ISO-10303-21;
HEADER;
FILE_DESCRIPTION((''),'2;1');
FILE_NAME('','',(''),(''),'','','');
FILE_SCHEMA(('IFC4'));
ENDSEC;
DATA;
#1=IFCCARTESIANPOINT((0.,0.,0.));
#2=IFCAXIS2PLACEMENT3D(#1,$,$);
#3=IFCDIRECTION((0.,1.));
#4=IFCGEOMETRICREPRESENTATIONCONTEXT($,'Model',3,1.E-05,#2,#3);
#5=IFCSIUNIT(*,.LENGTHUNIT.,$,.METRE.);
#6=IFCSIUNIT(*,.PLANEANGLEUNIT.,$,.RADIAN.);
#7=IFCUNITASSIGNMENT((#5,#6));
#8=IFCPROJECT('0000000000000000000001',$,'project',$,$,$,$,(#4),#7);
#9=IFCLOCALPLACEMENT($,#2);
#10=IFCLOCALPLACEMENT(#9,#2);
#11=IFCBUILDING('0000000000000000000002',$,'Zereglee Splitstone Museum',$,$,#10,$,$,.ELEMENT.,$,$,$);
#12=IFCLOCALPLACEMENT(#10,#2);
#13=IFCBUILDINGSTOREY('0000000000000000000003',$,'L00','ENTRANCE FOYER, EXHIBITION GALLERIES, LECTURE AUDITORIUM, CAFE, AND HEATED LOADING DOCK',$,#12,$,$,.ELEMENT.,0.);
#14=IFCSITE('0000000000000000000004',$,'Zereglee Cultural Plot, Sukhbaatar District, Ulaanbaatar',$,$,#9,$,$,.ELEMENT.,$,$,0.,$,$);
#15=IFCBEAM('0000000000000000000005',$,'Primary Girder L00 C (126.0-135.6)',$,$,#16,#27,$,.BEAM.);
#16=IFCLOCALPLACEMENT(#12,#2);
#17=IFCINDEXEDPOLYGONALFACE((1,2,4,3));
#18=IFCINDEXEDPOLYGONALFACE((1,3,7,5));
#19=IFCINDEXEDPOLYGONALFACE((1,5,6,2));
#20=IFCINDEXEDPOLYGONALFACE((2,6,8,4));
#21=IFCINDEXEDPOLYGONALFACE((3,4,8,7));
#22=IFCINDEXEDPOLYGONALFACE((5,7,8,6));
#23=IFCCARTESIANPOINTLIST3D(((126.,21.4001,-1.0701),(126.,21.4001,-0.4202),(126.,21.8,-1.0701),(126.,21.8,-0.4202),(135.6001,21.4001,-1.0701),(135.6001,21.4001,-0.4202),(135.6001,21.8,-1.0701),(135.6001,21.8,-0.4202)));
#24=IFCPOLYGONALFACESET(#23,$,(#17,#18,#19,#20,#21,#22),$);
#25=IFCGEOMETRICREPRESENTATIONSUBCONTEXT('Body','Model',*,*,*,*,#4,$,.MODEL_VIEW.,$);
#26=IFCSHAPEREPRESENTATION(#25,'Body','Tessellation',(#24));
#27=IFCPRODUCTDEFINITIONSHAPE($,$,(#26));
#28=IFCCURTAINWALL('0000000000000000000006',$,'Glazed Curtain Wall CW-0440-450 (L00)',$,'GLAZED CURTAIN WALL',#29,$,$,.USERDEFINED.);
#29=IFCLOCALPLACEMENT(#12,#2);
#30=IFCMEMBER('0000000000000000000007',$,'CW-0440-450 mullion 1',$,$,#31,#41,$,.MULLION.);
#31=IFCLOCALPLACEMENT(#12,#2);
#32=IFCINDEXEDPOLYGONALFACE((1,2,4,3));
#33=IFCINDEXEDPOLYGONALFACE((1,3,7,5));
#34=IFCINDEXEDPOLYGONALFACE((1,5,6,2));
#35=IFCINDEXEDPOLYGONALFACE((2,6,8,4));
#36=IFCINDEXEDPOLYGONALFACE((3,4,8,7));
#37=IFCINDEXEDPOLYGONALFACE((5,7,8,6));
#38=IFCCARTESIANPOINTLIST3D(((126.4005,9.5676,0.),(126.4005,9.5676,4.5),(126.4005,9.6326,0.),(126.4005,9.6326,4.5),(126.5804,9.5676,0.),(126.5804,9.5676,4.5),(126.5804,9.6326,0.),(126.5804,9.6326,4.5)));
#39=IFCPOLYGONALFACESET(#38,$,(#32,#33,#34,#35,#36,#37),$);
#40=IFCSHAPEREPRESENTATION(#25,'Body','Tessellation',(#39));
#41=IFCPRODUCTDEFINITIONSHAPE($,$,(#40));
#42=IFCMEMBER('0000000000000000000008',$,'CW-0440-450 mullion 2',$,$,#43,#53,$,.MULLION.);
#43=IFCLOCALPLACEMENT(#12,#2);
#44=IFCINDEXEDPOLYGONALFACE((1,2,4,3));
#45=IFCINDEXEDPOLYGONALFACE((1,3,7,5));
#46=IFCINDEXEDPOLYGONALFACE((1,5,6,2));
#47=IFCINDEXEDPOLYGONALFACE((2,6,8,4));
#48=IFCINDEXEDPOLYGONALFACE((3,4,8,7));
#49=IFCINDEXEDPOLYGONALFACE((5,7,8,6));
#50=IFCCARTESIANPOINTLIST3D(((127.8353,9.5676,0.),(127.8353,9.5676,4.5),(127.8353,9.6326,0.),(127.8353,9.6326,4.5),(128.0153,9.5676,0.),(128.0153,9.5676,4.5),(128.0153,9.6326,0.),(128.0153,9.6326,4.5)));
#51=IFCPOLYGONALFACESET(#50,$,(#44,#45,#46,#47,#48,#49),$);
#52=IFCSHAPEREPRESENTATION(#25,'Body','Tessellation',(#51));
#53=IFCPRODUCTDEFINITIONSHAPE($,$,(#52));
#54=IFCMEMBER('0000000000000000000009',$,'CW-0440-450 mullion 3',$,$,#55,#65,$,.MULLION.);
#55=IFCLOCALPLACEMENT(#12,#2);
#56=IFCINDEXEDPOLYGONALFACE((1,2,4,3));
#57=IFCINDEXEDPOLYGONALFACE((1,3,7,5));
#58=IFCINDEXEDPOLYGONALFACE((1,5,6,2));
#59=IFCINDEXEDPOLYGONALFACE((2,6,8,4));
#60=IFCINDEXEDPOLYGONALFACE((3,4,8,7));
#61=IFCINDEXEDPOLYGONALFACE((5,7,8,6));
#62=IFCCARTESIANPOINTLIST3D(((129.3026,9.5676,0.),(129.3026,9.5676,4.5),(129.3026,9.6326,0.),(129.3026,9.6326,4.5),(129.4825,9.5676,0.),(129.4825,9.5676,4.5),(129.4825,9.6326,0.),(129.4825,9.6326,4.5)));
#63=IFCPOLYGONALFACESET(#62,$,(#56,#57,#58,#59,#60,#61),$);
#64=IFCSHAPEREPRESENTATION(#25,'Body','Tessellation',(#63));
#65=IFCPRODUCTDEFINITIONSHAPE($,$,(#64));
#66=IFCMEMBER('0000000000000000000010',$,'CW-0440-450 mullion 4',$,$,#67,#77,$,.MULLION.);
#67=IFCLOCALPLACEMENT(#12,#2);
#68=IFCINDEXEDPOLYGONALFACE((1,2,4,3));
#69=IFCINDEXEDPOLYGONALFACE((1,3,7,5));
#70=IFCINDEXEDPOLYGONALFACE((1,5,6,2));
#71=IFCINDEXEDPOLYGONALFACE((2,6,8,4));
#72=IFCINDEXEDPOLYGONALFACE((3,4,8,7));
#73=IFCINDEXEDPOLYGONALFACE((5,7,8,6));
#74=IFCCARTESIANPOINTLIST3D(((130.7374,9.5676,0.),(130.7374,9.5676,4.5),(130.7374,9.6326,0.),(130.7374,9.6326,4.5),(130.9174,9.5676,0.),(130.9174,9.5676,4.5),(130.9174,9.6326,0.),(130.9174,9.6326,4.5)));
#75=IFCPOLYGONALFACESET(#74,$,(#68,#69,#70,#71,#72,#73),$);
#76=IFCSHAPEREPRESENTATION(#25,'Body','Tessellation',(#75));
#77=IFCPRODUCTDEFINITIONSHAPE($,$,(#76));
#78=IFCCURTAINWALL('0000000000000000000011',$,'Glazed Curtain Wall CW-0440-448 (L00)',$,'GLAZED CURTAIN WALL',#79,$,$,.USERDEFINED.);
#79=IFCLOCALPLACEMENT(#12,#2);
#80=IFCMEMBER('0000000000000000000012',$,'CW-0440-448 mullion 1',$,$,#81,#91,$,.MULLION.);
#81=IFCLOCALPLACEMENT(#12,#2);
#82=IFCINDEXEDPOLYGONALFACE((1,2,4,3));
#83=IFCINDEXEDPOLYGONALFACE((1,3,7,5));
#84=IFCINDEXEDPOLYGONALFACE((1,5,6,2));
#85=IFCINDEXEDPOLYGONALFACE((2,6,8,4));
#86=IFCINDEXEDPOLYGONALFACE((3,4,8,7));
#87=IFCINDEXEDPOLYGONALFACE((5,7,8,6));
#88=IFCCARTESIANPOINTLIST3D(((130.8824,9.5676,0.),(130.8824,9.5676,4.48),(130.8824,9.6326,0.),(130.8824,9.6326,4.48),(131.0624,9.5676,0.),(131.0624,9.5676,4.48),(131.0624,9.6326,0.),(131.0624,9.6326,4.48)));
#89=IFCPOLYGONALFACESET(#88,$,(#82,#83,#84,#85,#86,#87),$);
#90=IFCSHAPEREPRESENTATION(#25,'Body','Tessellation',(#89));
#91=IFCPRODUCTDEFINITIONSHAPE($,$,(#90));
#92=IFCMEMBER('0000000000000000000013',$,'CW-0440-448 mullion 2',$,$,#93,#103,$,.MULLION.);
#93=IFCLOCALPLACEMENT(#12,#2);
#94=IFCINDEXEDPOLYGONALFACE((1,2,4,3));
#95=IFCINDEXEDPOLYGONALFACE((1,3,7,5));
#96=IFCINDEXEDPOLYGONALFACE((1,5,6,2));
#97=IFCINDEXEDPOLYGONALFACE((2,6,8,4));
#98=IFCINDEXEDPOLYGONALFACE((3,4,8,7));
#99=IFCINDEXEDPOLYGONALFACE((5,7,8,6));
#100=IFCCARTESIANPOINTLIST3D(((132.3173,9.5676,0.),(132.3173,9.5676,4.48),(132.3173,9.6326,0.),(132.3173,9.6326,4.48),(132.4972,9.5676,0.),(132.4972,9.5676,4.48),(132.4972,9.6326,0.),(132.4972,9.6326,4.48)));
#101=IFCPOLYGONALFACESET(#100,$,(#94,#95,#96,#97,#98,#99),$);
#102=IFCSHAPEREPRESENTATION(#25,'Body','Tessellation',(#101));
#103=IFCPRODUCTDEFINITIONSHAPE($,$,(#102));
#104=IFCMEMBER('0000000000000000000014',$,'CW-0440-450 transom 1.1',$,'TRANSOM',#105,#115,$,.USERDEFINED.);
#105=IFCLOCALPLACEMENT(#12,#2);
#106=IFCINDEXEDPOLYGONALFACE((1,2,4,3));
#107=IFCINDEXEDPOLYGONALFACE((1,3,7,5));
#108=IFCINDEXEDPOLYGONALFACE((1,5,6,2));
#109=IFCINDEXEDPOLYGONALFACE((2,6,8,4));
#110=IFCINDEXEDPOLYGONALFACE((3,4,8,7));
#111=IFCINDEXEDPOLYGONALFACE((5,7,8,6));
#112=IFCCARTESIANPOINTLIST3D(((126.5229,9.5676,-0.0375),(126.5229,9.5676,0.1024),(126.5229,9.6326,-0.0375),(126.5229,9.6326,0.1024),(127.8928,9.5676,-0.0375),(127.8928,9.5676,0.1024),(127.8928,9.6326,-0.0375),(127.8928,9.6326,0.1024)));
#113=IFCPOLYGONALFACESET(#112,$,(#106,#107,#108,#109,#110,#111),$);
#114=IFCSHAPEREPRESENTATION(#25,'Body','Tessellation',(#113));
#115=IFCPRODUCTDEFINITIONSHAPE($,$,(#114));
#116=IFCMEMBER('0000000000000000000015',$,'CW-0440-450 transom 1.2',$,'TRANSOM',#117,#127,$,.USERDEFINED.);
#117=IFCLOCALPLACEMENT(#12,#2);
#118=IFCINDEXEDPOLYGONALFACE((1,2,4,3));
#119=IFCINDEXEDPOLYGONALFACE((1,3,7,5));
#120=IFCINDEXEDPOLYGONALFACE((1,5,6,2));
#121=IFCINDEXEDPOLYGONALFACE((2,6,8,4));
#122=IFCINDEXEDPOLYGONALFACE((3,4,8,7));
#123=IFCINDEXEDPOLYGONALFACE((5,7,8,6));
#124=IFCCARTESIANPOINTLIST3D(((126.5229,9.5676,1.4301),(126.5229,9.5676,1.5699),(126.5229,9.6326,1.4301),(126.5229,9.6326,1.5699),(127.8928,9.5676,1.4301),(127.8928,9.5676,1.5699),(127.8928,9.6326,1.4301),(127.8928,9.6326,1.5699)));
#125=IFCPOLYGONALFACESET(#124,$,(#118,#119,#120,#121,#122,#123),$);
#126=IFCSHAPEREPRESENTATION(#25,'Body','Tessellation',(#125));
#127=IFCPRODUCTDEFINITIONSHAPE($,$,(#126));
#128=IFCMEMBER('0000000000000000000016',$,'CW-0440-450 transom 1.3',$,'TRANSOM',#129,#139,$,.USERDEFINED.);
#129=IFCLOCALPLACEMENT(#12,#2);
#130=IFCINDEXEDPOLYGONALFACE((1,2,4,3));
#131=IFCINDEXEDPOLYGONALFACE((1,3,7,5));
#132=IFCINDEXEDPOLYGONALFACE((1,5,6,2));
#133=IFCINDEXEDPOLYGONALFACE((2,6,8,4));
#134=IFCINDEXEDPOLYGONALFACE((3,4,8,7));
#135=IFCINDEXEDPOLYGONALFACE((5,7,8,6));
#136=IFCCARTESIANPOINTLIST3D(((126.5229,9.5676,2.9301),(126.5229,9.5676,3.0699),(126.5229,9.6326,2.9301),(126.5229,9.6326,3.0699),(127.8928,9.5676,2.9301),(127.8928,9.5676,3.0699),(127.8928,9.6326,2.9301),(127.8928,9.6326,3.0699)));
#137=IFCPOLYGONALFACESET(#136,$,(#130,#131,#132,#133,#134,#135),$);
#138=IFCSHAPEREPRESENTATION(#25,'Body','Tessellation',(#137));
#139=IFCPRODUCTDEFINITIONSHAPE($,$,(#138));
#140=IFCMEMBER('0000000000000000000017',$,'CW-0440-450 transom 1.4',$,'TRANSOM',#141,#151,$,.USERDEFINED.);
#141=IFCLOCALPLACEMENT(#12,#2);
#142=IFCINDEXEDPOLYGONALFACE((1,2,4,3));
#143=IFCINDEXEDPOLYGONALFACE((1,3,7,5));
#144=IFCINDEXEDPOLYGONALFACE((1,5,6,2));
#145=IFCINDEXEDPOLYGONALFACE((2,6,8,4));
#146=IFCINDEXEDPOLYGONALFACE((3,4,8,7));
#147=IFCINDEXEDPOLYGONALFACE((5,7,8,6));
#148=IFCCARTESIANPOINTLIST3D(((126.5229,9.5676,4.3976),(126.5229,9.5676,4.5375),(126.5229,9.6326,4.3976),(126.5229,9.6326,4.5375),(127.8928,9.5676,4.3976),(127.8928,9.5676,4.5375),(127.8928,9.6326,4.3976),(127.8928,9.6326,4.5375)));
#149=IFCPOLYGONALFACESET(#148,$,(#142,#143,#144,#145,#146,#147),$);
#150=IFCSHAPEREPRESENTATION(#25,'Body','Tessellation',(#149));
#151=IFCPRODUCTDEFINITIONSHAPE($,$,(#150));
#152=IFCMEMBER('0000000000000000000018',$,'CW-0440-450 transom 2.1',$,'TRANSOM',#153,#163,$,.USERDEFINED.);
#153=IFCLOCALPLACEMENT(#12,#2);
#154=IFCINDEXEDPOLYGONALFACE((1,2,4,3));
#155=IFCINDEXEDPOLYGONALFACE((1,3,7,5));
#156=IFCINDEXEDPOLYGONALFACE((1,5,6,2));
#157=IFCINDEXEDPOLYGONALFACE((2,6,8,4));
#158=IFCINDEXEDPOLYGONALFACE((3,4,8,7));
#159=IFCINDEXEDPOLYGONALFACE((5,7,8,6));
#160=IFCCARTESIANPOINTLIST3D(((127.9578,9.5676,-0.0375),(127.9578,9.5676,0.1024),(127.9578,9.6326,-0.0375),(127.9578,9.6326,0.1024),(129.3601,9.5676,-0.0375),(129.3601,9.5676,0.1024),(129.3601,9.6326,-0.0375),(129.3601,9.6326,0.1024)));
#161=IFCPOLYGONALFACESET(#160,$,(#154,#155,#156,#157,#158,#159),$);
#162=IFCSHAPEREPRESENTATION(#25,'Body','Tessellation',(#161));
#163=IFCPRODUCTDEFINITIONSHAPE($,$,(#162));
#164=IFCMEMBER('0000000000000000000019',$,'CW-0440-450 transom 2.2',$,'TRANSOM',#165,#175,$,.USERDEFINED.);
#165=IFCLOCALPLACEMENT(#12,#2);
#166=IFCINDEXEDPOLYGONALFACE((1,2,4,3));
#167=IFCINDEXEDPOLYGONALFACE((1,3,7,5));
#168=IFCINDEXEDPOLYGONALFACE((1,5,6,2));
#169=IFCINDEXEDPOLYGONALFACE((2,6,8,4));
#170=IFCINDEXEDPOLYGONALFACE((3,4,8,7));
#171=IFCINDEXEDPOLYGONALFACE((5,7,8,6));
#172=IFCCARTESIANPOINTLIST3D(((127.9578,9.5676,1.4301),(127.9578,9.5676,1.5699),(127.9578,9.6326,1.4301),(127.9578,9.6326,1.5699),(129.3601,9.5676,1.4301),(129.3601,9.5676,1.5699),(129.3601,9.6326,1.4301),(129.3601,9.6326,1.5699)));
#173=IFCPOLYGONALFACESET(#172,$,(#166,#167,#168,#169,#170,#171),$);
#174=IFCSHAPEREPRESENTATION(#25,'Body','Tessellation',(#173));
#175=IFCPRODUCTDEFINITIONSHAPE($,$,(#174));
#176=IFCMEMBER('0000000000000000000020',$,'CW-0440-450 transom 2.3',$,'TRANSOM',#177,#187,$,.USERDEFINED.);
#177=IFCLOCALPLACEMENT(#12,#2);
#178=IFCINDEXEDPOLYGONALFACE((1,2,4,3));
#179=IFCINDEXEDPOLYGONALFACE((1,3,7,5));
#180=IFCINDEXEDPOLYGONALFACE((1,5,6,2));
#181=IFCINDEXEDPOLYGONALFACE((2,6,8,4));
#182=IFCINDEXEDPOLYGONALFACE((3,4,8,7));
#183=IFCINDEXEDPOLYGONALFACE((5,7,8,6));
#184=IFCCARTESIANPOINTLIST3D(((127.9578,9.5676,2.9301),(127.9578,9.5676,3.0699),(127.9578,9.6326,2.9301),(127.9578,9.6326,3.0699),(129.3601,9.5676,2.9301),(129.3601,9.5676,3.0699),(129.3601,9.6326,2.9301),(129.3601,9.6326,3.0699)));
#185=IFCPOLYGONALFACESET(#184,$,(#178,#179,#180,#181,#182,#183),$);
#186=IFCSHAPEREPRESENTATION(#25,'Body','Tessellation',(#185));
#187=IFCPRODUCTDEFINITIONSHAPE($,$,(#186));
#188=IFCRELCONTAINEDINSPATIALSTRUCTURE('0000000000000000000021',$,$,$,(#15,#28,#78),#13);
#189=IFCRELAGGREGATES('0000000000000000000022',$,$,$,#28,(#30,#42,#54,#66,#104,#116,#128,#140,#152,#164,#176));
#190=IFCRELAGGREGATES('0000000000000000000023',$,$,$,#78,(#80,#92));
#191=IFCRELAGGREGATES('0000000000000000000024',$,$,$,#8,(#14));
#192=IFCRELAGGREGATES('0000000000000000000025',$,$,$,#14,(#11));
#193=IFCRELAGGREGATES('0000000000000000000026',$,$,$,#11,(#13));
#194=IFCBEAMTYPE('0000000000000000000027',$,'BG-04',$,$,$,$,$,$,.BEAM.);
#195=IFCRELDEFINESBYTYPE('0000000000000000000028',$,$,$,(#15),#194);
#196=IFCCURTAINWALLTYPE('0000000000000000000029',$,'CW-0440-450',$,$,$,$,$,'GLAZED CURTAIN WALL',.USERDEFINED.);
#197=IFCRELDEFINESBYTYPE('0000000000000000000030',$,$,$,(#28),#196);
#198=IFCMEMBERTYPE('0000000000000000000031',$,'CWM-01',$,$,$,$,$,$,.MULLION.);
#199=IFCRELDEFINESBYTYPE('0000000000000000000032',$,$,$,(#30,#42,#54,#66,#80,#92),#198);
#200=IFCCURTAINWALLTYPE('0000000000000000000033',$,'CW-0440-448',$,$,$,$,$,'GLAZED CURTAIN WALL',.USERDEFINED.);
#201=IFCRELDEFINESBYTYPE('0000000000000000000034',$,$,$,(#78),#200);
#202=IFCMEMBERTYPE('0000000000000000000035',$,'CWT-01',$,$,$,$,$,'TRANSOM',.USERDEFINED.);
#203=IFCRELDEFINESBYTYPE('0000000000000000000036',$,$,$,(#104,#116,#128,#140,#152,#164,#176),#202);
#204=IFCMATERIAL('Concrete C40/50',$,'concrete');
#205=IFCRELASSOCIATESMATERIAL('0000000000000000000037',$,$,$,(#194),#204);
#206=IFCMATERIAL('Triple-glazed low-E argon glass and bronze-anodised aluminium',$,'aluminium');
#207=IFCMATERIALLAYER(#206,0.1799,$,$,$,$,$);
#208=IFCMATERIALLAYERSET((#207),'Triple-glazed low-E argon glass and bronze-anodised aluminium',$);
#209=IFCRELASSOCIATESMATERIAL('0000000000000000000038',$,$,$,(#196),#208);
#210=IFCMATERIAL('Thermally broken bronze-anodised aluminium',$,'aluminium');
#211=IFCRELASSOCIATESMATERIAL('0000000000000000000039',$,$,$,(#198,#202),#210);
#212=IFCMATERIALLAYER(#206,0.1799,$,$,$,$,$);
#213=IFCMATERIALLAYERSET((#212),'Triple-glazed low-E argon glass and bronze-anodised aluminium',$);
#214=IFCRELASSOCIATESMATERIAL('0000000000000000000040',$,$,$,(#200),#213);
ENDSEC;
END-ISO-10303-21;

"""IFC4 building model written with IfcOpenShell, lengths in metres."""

from ifc_helpers import new_model, si_unit, direction, frame, origin, origin_2d, place, context, subcontext, project, spatial, rectangle, extrude, material, layer, layer_set, material_profile, profile_set, type_object, element, aggregate, save


model = new_model("IFC4")

# Units and contexts
model_context = context("Model", 3, precision=1e-05, world=origin(), true_north=direction((0.0, 1.0)))
body_context = subcontext(model_context, "Body", "Model", "MODEL_VIEW")
ifc_project = project(units=[si_unit("LENGTHUNIT", "METRE"), si_unit("PLANEANGLEUNIT", "RADIAN")], contexts=[model_context])

# Site, building, storey
site_placement = place(None, origin())
site = spatial("IfcSite", under=ifc_project, at=site_placement, Name="Zereglee Cultural Plot, Sukhbaatar District, Ulaanbaatar", CompositionType="ELEMENT", RefElevation=0.0)
building_placement = place(site_placement, origin())
building = spatial("IfcBuilding", under=site, at=building_placement, Name="Zereglee Splitstone Museum", CompositionType="ELEMENT")
storey_placement = place(building_placement, origin())
storey = spatial("IfcBuildingStorey", under=building, at=storey_placement, Name="L00", Description="ENTRANCE FOYER, EXHIBITION GALLERIES, LECTURE AUDITORIUM, CAFE, AND HEATED LOADING DOCK", CompositionType="ELEMENT", Elevation=0.0)

# Beam
ifc_material_1 = material(Name="Concrete C40/50", Category="concrete")
ifc_material_profile_1 = material_profile(ifc_material_1, rectangle(XDim=0.3999, YDim=0.6499, at=origin_2d()), Name="RC 400x650")
ifc_profile_set_1 = profile_set([ifc_material_profile_1], Name="Concrete C40/50")
beam_type_1 = type_object("IfcBeamType", Name="BG-04", PredefinedType="BEAM", material=ifc_profile_set_1)
beam_1_placement = place(storey_placement, frame((126.0, 21.6001, -0.7451), z_axis=(1.0, 0.0, 0.0), x_axis=(0.0, 1.0, 0.0)))
element("IfcBeam", 1, at=beam_1_placement, inside=storey, type_object=beam_type_1, Name="Primary Girder L00 C (126.0-135.6)", PredefinedType="BEAM", context=body_context, shape_type="SweptSolid", body=[
    extrude(rectangle(XDim=0.3999, YDim=0.6499, at=origin_2d()), origin(), (0.0, 0.0, 1.0), 9.6001),
])

# Curtain walls, members
ifc_material_2 = material(Name="Triple-glazed low-E argon glass and bronze-anodised aluminium", Category="aluminium")
ifc_layer_1 = layer(ifc_material_2, 0.1799)
ifc_layer_set_1 = layer_set([ifc_layer_1], Name="Triple-glazed low-E argon glass and bronze-anodised aluminium")
curtain_wall_type_1 = type_object("IfcCurtainWallType", Name="CW-0440-450", ElementType="GLAZED CURTAIN WALL", PredefinedType="USERDEFINED", material=ifc_layer_set_1)
curtain_wall_1_placement = place(storey_placement, origin())
curtain_wall_1 = element("IfcCurtainWall", 2, at=curtain_wall_1_placement, inside=storey, type_object=curtain_wall_type_1, Name="Glazed Curtain Wall CW-0440-450 (L00)", ObjectType="GLAZED CURTAIN WALL", PredefinedType="USERDEFINED")
ifc_material_3 = material(Name="Thermally broken bronze-anodised aluminium", Category="aluminium")
ifc_material_profile_2 = material_profile(ifc_material_3, rectangle(XDim=0.0649, YDim=0.1799, at=origin_2d()), Name="CW MULL 65x180")
ifc_profile_set_2 = profile_set([ifc_material_profile_2], Name="Thermally broken bronze-anodised aluminium")
member_type_1 = type_object("IfcMemberType", Name="CWM-01", PredefinedType="MULLION", material=ifc_profile_set_2)
member_1_placement = place(storey_placement, frame((126.4905, 9.6001, 0.0), z_axis=(0.0, 0.0, 1.0), x_axis=(0.0, 1.0, 0.0)))
member_1 = element("IfcMember", 3, at=member_1_placement, type_object=member_type_1, Name="CW-0440-450 mullion 1", PredefinedType="MULLION", context=body_context, shape_type="SweptSolid", body=[
    extrude(rectangle(XDim=0.0649, YDim=0.1799, at=origin_2d()), origin(), (0.0, 0.0, 1.0), 4.5),
])
member_2_placement = place(storey_placement, frame((127.9253, 9.6001, 0.0), z_axis=(0.0, 0.0, 1.0), x_axis=(0.0, 1.0, 0.0)))
member_2 = element("IfcMember", 4, at=member_2_placement, type_object=member_type_1, Name="CW-0440-450 mullion 2", PredefinedType="MULLION", context=body_context, shape_type="SweptSolid", body=[
    extrude(rectangle(XDim=0.0649, YDim=0.1799, at=origin_2d()), origin(), (0.0, 0.0, 1.0), 4.5),
])
member_3_placement = place(storey_placement, frame((129.3926, 9.6001, 0.0), z_axis=(0.0, 0.0, 1.0), x_axis=(0.0, 1.0, 0.0)))
member_3 = element("IfcMember", 5, at=member_3_placement, type_object=member_type_1, Name="CW-0440-450 mullion 3", PredefinedType="MULLION", context=body_context, shape_type="SweptSolid", body=[
    extrude(rectangle(XDim=0.0649, YDim=0.1799, at=origin_2d()), origin(), (0.0, 0.0, 1.0), 4.5),
])
member_4_placement = place(storey_placement, frame((130.8274, 9.6001, 0.0), z_axis=(0.0, 0.0, 1.0), x_axis=(0.0, 1.0, 0.0)))
member_4 = element("IfcMember", 6, at=member_4_placement, type_object=member_type_1, Name="CW-0440-450 mullion 4", PredefinedType="MULLION", context=body_context, shape_type="SweptSolid", body=[
    extrude(rectangle(XDim=0.0649, YDim=0.1799, at=origin_2d()), origin(), (0.0, 0.0, 1.0), 4.5),
])
ifc_layer_2 = layer(ifc_material_2, 0.1799)
ifc_layer_set_2 = layer_set([ifc_layer_2], Name="Triple-glazed low-E argon glass and bronze-anodised aluminium")
curtain_wall_type_2 = type_object("IfcCurtainWallType", Name="CW-0440-448", ElementType="GLAZED CURTAIN WALL", PredefinedType="USERDEFINED", material=ifc_layer_set_2)
curtain_wall_2_placement = place(storey_placement, origin())
curtain_wall_2 = element("IfcCurtainWall", 7, at=curtain_wall_2_placement, inside=storey, type_object=curtain_wall_type_2, Name="Glazed Curtain Wall CW-0440-448 (L00)", ObjectType="GLAZED CURTAIN WALL", PredefinedType="USERDEFINED")
member_5_placement = place(storey_placement, frame((130.9724, 9.6001, 0.0), z_axis=(0.0, 0.0, 1.0), x_axis=(0.0, 1.0, 0.0)))
member_5 = element("IfcMember", 8, at=member_5_placement, type_object=member_type_1, Name="CW-0440-448 mullion 1", PredefinedType="MULLION", context=body_context, shape_type="SweptSolid", body=[
    extrude(rectangle(XDim=0.0649, YDim=0.1799, at=origin_2d()), origin(), (0.0, 0.0, 1.0), 4.48),
])
member_6_placement = place(storey_placement, frame((132.4072, 9.6001, 0.0), z_axis=(0.0, 0.0, 1.0), x_axis=(0.0, 1.0, 0.0)))
member_6 = element("IfcMember", 9, at=member_6_placement, type_object=member_type_1, Name="CW-0440-448 mullion 2", PredefinedType="MULLION", context=body_context, shape_type="SweptSolid", body=[
    extrude(rectangle(XDim=0.0649, YDim=0.1799, at=origin_2d()), origin(), (0.0, 0.0, 1.0), 4.48),
])

# Members
ifc_material_profile_3 = material_profile(ifc_material_3, rectangle(XDim=0.0649, YDim=0.1399, at=origin_2d()), Name="CW TRAN 65x140")
ifc_profile_set_3 = profile_set([ifc_material_profile_3], Name="Thermally broken bronze-anodised aluminium")
member_type_2 = type_object("IfcMemberType", Name="CWT-01", ElementType="TRANSOM", PredefinedType="USERDEFINED", material=ifc_profile_set_3)
member_7_placement = place(storey_placement, frame((126.5229, 9.6001, 0.0325), z_axis=(1.0, 0.0, 0.0), x_axis=(0.0, 1.0, 0.0)))
member_7 = element("IfcMember", 10, at=member_7_placement, type_object=member_type_2, Name="CW-0440-450 transom 1.1", ObjectType="TRANSOM", PredefinedType="USERDEFINED", context=body_context, shape_type="SweptSolid", body=[
    extrude(rectangle(XDim=0.0649, YDim=0.1399, at=origin_2d()), origin(), (0.0, 0.0, 1.0), 1.3699),
])
member_8_placement = place(storey_placement, frame((126.5229, 9.6001, 1.5), z_axis=(1.0, 0.0, 0.0), x_axis=(0.0, 1.0, 0.0)))
member_8 = element("IfcMember", 11, at=member_8_placement, type_object=member_type_2, Name="CW-0440-450 transom 1.2", ObjectType="TRANSOM", PredefinedType="USERDEFINED", context=body_context, shape_type="SweptSolid", body=[
    extrude(rectangle(XDim=0.0649, YDim=0.1399, at=origin_2d()), origin(), (0.0, 0.0, 1.0), 1.3699),
])
member_9_placement = place(storey_placement, frame((126.5229, 9.6001, 3.0), z_axis=(1.0, 0.0, 0.0), x_axis=(0.0, 1.0, 0.0)))
member_9 = element("IfcMember", 12, at=member_9_placement, type_object=member_type_2, Name="CW-0440-450 transom 1.3", ObjectType="TRANSOM", PredefinedType="USERDEFINED", context=body_context, shape_type="SweptSolid", body=[
    extrude(rectangle(XDim=0.0649, YDim=0.1399, at=origin_2d()), origin(), (0.0, 0.0, 1.0), 1.3699),
])
member_10_placement = place(storey_placement, frame((126.5229, 9.6001, 4.4675), z_axis=(1.0, 0.0, 0.0), x_axis=(0.0, 1.0, 0.0)))
member_10 = element("IfcMember", 13, at=member_10_placement, type_object=member_type_2, Name="CW-0440-450 transom 1.4", ObjectType="TRANSOM", PredefinedType="USERDEFINED", context=body_context, shape_type="SweptSolid", body=[
    extrude(rectangle(XDim=0.0649, YDim=0.1399, at=origin_2d()), origin(), (0.0, 0.0, 1.0), 1.3699),
])
member_11_placement = place(storey_placement, frame((127.9578, 9.6001, 0.0325), z_axis=(1.0, 0.0, 0.0), x_axis=(0.0, 1.0, 0.0)))
member_11 = element("IfcMember", 14, at=member_11_placement, type_object=member_type_2, Name="CW-0440-450 transom 2.1", ObjectType="TRANSOM", PredefinedType="USERDEFINED", context=body_context, shape_type="SweptSolid", body=[
    extrude(rectangle(XDim=0.0649, YDim=0.1399, at=origin_2d()), origin(), (0.0, 0.0, 1.0), 1.4023),
])
member_12_placement = place(storey_placement, frame((127.9578, 9.6001, 1.5), z_axis=(1.0, 0.0, 0.0), x_axis=(0.0, 1.0, 0.0)))
member_12 = element("IfcMember", 15, at=member_12_placement, type_object=member_type_2, Name="CW-0440-450 transom 2.2", ObjectType="TRANSOM", PredefinedType="USERDEFINED", context=body_context, shape_type="SweptSolid", body=[
    extrude(rectangle(XDim=0.0649, YDim=0.1399, at=origin_2d()), origin(), (0.0, 0.0, 1.0), 1.4023),
])
member_13_placement = place(storey_placement, frame((127.9578, 9.6001, 3.0), z_axis=(1.0, 0.0, 0.0), x_axis=(0.0, 1.0, 0.0)))
member_13 = element("IfcMember", 16, at=member_13_placement, type_object=member_type_2, Name="CW-0440-450 transom 2.3", ObjectType="TRANSOM", PredefinedType="USERDEFINED", context=body_context, shape_type="SweptSolid", body=[
    extrude(rectangle(XDim=0.0649, YDim=0.1399, at=origin_2d()), origin(), (0.0, 0.0, 1.0), 1.4023),
])

aggregate(curtain_wall_1, [member_1, member_2, member_3, member_4, member_7, member_8, member_9, member_10, member_11, member_12, member_13])
aggregate(curtain_wall_2, [member_5, member_6])

save(model, "model.ifc")
